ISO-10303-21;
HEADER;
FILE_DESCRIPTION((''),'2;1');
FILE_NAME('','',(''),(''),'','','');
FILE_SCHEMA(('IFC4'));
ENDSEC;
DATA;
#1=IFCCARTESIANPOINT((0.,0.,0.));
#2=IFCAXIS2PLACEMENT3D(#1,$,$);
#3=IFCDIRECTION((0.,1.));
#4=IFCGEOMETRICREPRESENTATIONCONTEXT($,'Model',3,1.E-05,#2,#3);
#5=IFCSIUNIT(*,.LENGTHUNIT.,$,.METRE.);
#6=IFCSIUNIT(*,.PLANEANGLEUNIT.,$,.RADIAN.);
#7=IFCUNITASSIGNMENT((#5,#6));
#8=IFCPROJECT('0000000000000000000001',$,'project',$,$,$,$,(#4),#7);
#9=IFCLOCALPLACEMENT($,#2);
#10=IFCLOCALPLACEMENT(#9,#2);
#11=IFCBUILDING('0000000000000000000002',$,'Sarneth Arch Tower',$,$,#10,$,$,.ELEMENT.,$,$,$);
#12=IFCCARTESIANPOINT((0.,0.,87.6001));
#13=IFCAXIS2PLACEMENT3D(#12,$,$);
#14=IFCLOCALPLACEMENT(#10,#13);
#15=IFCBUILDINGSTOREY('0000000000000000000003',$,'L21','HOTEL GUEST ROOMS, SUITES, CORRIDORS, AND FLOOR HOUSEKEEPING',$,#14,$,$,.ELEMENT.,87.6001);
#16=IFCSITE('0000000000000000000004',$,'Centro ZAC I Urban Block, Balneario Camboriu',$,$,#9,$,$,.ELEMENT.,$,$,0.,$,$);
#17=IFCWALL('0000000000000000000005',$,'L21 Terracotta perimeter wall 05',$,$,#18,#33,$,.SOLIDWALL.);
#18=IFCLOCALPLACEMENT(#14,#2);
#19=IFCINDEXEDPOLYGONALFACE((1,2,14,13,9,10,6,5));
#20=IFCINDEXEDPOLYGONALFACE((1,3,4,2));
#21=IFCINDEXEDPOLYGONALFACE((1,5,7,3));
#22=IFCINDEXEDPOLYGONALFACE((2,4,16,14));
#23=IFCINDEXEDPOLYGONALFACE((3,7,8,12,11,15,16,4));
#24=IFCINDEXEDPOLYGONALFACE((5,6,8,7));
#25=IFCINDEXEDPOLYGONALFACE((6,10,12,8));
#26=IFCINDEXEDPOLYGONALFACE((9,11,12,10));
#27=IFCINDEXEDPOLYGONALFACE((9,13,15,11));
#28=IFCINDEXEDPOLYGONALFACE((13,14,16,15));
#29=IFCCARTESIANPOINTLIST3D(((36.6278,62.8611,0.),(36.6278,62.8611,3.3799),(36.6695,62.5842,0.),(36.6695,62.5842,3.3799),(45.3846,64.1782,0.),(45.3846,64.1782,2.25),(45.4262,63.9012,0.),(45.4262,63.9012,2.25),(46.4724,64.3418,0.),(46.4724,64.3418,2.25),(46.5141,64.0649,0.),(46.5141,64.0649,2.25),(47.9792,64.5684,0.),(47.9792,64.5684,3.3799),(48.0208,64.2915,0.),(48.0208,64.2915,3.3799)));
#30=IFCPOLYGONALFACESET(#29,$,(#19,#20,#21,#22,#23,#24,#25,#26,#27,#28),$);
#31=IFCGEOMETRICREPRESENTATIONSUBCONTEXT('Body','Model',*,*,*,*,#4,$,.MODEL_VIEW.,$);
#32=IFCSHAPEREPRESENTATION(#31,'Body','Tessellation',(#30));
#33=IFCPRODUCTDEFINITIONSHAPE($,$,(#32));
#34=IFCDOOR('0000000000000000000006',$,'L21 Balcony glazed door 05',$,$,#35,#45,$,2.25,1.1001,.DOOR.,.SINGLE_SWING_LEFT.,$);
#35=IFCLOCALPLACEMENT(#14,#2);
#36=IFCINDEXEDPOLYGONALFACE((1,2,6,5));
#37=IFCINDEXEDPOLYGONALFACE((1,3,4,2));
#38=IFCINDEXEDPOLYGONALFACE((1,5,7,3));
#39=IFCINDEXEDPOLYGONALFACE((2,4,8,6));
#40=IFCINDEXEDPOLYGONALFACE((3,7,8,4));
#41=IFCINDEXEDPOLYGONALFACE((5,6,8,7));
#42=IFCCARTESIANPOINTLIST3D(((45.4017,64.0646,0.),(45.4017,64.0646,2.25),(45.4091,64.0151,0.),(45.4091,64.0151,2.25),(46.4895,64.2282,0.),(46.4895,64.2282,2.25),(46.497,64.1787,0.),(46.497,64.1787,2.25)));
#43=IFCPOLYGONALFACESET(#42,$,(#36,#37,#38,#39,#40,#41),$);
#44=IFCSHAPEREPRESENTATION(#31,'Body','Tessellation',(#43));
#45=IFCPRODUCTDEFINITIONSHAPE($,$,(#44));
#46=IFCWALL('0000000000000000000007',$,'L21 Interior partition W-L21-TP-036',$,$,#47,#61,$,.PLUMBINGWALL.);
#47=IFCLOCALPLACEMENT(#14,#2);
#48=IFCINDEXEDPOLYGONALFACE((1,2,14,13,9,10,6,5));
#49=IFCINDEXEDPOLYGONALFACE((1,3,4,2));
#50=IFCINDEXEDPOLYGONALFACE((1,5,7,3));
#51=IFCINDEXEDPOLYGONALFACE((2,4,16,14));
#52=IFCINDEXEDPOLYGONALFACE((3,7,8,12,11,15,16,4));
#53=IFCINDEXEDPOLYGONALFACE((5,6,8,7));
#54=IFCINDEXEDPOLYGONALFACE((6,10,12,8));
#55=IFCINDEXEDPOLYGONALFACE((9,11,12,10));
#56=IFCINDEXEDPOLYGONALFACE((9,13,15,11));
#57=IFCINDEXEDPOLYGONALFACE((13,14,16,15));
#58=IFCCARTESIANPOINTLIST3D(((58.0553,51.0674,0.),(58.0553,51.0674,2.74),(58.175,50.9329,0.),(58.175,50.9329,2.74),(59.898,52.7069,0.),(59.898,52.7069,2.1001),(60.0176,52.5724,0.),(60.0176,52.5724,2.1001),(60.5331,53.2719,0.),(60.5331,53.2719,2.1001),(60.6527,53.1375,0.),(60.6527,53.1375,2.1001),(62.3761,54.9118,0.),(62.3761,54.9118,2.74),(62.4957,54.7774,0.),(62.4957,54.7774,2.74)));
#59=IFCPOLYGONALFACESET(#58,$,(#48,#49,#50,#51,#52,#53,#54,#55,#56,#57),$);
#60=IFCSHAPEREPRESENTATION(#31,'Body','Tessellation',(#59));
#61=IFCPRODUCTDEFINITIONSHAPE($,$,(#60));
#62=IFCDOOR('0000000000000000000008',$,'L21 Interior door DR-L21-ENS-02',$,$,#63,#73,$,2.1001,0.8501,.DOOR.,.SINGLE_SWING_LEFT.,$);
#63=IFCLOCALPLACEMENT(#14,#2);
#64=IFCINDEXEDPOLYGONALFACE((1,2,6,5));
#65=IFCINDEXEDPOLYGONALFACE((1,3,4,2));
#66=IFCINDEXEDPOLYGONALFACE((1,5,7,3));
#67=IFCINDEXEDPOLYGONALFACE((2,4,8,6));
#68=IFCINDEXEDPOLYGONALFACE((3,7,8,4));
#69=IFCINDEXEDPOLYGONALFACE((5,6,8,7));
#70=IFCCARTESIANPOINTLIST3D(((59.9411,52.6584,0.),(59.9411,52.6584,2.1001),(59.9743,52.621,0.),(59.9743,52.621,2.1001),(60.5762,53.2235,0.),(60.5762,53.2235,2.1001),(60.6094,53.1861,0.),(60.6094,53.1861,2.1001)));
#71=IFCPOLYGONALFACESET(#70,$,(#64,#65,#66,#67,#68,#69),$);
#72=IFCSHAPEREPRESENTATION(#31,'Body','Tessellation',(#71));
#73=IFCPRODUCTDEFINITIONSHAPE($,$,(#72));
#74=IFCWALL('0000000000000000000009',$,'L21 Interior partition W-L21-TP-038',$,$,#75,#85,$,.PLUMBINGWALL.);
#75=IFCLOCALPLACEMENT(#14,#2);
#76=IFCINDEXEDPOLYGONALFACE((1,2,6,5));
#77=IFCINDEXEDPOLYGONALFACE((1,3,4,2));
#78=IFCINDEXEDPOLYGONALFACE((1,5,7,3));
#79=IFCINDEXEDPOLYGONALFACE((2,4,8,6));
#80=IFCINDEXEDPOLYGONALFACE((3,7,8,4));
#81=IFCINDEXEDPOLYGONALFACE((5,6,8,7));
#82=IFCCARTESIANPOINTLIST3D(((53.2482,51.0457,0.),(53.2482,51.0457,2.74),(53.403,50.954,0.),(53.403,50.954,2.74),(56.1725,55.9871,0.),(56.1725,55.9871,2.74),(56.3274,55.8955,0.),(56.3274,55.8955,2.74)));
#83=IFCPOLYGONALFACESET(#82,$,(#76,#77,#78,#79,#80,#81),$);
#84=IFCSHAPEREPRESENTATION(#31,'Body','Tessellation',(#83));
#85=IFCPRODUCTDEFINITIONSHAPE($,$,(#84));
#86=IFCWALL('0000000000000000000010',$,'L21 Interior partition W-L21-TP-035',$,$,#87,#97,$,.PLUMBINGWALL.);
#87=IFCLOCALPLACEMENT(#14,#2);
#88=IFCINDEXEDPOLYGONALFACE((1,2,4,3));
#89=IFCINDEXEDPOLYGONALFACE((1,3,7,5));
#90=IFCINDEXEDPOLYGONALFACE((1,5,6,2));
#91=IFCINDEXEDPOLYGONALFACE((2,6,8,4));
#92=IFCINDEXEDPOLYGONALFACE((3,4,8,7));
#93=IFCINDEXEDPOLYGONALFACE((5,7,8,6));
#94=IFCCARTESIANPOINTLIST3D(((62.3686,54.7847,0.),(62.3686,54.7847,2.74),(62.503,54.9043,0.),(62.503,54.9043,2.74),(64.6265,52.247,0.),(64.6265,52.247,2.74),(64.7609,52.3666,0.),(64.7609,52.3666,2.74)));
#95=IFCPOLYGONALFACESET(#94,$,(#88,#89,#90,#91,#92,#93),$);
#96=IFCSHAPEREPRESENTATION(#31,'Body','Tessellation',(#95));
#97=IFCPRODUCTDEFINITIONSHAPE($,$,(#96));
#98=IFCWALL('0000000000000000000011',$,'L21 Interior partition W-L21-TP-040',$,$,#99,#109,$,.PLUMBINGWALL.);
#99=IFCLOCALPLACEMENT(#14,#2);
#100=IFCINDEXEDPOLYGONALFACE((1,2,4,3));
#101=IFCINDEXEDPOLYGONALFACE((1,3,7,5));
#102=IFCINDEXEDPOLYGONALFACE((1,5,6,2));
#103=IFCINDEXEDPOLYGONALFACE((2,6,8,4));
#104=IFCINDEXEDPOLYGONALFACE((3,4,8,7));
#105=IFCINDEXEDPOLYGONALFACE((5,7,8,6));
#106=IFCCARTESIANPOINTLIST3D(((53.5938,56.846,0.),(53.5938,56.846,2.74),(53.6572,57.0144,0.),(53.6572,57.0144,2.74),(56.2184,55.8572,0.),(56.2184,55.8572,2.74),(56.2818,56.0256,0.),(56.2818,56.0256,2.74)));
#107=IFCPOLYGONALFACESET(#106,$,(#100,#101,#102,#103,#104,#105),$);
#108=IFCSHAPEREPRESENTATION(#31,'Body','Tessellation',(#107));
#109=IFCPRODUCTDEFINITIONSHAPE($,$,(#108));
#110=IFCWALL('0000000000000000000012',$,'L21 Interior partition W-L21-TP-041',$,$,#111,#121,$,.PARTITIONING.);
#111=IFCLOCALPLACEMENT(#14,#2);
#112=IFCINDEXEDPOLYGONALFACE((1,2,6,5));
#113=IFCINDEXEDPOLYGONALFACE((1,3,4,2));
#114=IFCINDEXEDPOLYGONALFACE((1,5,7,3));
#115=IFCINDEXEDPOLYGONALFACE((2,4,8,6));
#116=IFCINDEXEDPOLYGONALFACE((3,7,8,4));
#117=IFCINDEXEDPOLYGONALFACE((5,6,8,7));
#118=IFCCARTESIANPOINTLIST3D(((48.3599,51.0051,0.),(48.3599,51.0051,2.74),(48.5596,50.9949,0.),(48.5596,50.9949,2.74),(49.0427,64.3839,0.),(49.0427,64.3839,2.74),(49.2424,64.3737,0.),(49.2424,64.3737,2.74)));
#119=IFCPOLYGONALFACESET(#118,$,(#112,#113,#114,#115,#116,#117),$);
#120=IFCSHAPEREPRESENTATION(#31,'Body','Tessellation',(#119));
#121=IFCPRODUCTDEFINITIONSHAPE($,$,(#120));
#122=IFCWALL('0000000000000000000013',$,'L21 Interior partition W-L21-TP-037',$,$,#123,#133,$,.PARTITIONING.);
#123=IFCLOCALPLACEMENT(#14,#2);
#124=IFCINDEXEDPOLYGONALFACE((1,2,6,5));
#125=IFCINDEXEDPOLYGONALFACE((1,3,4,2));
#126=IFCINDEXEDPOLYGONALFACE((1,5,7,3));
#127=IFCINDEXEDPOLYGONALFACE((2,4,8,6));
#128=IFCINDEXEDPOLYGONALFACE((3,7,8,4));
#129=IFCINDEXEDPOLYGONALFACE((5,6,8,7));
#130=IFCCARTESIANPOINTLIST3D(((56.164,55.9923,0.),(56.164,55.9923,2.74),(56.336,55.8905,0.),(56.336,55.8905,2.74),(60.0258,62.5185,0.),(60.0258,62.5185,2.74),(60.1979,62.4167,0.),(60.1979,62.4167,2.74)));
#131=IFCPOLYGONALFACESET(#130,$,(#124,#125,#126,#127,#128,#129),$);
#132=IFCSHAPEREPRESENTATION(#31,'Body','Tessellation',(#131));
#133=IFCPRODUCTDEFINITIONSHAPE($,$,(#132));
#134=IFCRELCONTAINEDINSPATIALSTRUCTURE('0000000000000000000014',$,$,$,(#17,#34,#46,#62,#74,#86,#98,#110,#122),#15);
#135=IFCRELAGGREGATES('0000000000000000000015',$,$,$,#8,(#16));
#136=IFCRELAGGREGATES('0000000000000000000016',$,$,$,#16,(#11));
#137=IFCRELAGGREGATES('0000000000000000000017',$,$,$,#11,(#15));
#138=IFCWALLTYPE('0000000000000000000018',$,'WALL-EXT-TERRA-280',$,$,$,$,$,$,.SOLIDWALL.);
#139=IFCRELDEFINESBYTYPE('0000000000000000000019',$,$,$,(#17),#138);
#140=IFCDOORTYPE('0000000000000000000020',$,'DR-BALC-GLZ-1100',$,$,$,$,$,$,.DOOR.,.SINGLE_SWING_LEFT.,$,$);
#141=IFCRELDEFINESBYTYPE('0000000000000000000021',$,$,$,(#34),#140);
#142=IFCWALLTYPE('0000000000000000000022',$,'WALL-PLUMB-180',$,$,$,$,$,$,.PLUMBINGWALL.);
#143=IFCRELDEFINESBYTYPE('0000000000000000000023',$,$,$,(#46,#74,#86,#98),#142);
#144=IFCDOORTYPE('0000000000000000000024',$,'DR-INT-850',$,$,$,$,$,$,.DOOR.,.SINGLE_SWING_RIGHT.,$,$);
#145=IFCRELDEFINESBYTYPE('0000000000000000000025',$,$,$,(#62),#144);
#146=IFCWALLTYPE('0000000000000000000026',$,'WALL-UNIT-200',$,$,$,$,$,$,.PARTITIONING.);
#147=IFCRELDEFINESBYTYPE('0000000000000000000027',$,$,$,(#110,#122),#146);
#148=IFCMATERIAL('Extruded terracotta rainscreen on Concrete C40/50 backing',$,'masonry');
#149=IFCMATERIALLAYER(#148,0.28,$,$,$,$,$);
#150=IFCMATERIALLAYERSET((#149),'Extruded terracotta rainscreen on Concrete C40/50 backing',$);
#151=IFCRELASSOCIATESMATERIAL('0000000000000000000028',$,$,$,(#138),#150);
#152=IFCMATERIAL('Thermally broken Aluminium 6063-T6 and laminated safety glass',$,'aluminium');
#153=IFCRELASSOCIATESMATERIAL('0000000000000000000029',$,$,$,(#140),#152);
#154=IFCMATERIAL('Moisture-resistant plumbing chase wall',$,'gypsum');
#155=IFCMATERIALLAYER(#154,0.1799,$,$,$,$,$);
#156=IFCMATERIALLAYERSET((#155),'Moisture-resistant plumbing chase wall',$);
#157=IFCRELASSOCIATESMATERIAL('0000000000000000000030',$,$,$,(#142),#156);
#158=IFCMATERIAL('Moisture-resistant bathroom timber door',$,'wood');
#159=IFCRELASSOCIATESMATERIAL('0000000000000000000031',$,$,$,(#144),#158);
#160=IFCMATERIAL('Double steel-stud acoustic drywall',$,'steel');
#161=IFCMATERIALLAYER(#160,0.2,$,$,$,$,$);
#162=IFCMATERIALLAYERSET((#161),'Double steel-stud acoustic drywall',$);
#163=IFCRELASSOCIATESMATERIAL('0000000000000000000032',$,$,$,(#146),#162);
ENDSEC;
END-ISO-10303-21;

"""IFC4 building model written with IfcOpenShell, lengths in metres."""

from ifc_helpers import new_model, si_unit, direction, frame, frame_2d, origin, place, context, subcontext, project, spatial, rectangle, extrude, material, layer, layer_set, type_object, element, fill, save


model = new_model("IFC4")

# Units and contexts
model_context = context("Model", 3, precision=1e-05, world=origin(), true_north=direction((0.0, 1.0)))
body_context = subcontext(model_context, "Body", "Model", "MODEL_VIEW")
ifc_project = project(units=[si_unit("LENGTHUNIT", "METRE"), si_unit("PLANEANGLEUNIT", "RADIAN")], contexts=[model_context])

# Site, building, storey
site_placement = place(None, origin())
site = spatial("IfcSite", under=ifc_project, at=site_placement, Name="Centro ZAC I Urban Block, Balneario Camboriu", CompositionType="ELEMENT", RefElevation=0.0)
building_placement = place(site_placement, origin())
building = spatial("IfcBuilding", under=site, at=building_placement, Name="Sarneth Arch Tower", CompositionType="ELEMENT")
storey_placement = place(building_placement, frame((0.0, 0.0, 87.6001)))
storey = spatial("IfcBuildingStorey", under=building, at=storey_placement, Name="L21", Description="HOTEL GUEST ROOMS, SUITES, CORRIDORS, AND FLOOR HOUSEKEEPING", CompositionType="ELEMENT", Elevation=87.6001)

# Walls, openings, doors
ifc_material_1 = material(Name="Extruded terracotta rainscreen on Concrete C40/50 backing", Category="masonry")
ifc_layer_1 = layer(ifc_material_1, 0.28)
ifc_layer_set_1 = layer_set([ifc_layer_1], Name="Extruded terracotta rainscreen on Concrete C40/50 backing")
wall_type_1 = type_object("IfcWallType", Name="WALL-EXT-TERRA-280", PredefinedType="SOLIDWALL", material=ifc_layer_set_1)
wall_1_placement = place(storey_placement, frame((48.0, 64.4299, 0.0), z_axis=(0.0, 0.0, 1.0), x_axis=(-0.988878, -0.14873, 0.0)))
wall_1 = element("IfcWall", 1, at=wall_1_placement, inside=storey, type_object=wall_type_1, Name="L21 Terracotta perimeter wall 05", PredefinedType="SOLIDWALL", context=body_context, shape_type="SweptSolid", body=[
    extrude(rectangle(XDim=11.479, YDim=0.28, at=frame_2d((5.7395, 0.0))), origin(), (0.0, 0.0, 1.0), 3.3799),
])
opening_1_placement = place(wall_1_placement, frame((1.5237, 0.0, 0.0)))
opening_1 = element("IfcOpeningElement", 2, at=opening_1_placement, cuts=wall_1, PredefinedType="OPENING", context=body_context, shape_type="SweptSolid", body=[
    extrude(rectangle(XDim=1.1001, YDim=2.25, at=frame_2d((0.55, 1.125))), frame((0.0, 0.1499, 0.0), z_axis=(0.0, -1.0, 0.0), x_axis=(1.0, 0.0, 0.0)), (0.0, 0.0, 1.0), 0.3),
])
ifc_material_2 = material(Name="Thermally broken Aluminium 6063-T6 and laminated safety glass", Category="aluminium")
door_type_1 = type_object("IfcDoorType", Name="DR-BALC-GLZ-1100", OperationType="SINGLE_SWING_LEFT", PredefinedType="DOOR", material=ifc_material_2)
door_1_placement = place(opening_1_placement, origin())
door_1 = element("IfcDoor", 3, at=door_1_placement, inside=storey, type_object=door_type_1, Name="L21 Balcony glazed door 05", OperationType="SINGLE_SWING_LEFT", OverallHeight=2.25, OverallWidth=1.1001, PredefinedType="DOOR", context=body_context, shape_type="SweptSolid", body=[
    extrude(rectangle(XDim=1.1001, YDim=2.25, at=frame_2d((0.55, 1.125))), frame((0.0, 0.0249, 0.0), z_axis=(0.0, -1.0, 0.0), x_axis=(1.0, 0.0, 0.0)), (0.0, 0.0, 1.0), 0.05),
])
fill(opening_1, door_1)
ifc_material_3 = material(Name="Moisture-resistant plumbing chase wall", Category="gypsum")
ifc_layer_2 = layer(ifc_material_3, 0.1799)
ifc_layer_set_2 = layer_set([ifc_layer_2], Name="Moisture-resistant plumbing chase wall")
wall_type_2 = type_object("IfcWallType", Name="WALL-PLUMB-180", PredefinedType="PLUMBINGWALL", material=ifc_layer_set_2)
wall_2_placement = place(storey_placement, frame((62.4358, 54.8445, 0.0), z_axis=(0.0, 0.0, 1.0), x_axis=(-0.747085, -0.664728, 0.0)))
wall_2 = element("IfcWall", 4, at=wall_2_placement, inside=storey, type_object=wall_type_2, Name="L21 Interior partition W-L21-TP-036", PredefinedType="PLUMBINGWALL", context=body_context, shape_type="SweptSolid", body=[
    extrude(rectangle(XDim=5.7834, YDim=0.1799, at=frame_2d((2.8916, 0.0))), origin(), (0.0, 0.0, 1.0), 2.74),
])
opening_2_placement = place(wall_2_placement, frame((2.4668, 0.0, 0.0)))
opening_2 = element("IfcOpeningElement", 5, at=opening_2_placement, cuts=wall_2, PredefinedType="OPENING", context=body_context, shape_type="SweptSolid", body=[
    extrude(rectangle(XDim=0.8501, YDim=2.1001, at=frame_2d((0.425, 1.05))), frame((0.0, 0.0999, 0.0), z_axis=(0.0, -1.0, 0.0), x_axis=(1.0, 0.0, 0.0)), (0.0, 0.0, 1.0), 0.2),
])
ifc_material_4 = material(Name="Moisture-resistant bathroom timber door", Category="wood")
door_type_2 = type_object("IfcDoorType", Name="DR-INT-850", OperationType="SINGLE_SWING_RIGHT", PredefinedType="DOOR", material=ifc_material_4)
door_2_placement = place(opening_2_placement, origin())
door_2 = element("IfcDoor", 6, at=door_2_placement, inside=storey, type_object=door_type_2, Name="L21 Interior door DR-L21-ENS-02", OperationType="SINGLE_SWING_LEFT", OverallHeight=2.1001, OverallWidth=0.8501, PredefinedType="DOOR", context=body_context, shape_type="SweptSolid", body=[
    extrude(rectangle(XDim=0.8501, YDim=2.1001, at=frame_2d((0.425, 1.05))), frame((0.0, 0.0249, 0.0), z_axis=(0.0, -1.0, 0.0), x_axis=(1.0, 0.0, 0.0)), (0.0, 0.0, 1.0), 0.05),
])
fill(opening_2, door_2)

# Walls
wall_3_placement = place(storey_placement, frame((56.25, 55.9414, 0.0), z_axis=(0.0, 0.0, 1.0), x_axis=(-0.509296, -0.860591, 0.0)))
element("IfcWall", 7, at=wall_3_placement, inside=storey, type_object=wall_type_2, Name="L21 Interior partition W-L21-TP-038", PredefinedType="PLUMBINGWALL", context=body_context, shape_type="SweptSolid", body=[
    extrude(rectangle(XDim=5.7419, YDim=0.1799, at=frame_2d((2.8711, 0.0))), origin(), (0.0, 0.0, 1.0), 2.74),
])
wall_4_placement = place(storey_placement, frame((64.6936, 52.3069, 0.0), z_axis=(0.0, 0.0, 1.0), x_axis=(-0.664721, 0.747092, 0.0)))
element("IfcWall", 8, at=wall_4_placement, inside=storey, type_object=wall_type_2, Name="L21 Interior partition W-L21-TP-035", PredefinedType="PLUMBINGWALL", context=body_context, shape_type="SweptSolid", body=[
    extrude(rectangle(XDim=3.3967, YDim=0.1799, at=frame_2d((1.6982, 0.0))), origin(), (0.0, 0.0, 1.0), 2.74),
])
wall_5_placement = place(storey_placement, frame((53.6255, 56.9302, 0.0), z_axis=(0.0, 0.0, 1.0), x_axis=(0.935791, -0.352554, 0.0)))
element("IfcWall", 9, at=wall_5_placement, inside=storey, type_object=wall_type_2, Name="L21 Interior partition W-L21-TP-040", PredefinedType="PLUMBINGWALL", context=body_context, shape_type="SweptSolid", body=[
    extrude(rectangle(XDim=2.8047, YDim=0.1799, at=frame_2d((1.4023, 0.0))), origin(), (0.0, 0.0, 1.0), 2.74),
])
ifc_material_5 = material(Name="Double steel-stud acoustic drywall", Category="steel")
ifc_layer_3 = layer(ifc_material_5, 0.2)
ifc_layer_set_3 = layer_set([ifc_layer_3], Name="Double steel-stud acoustic drywall")
wall_type_3 = type_object("IfcWallType", Name="WALL-UNIT-200", PredefinedType="PARTITIONING", material=ifc_layer_set_3)
wall_6_placement = place(storey_placement, frame((49.1426, 64.3789, 0.0), z_axis=(0.0, 0.0, 1.0), x_axis=(-0.050974, -0.9987, 0.0)))
element("IfcWall", 10, at=wall_6_placement, inside=storey, type_object=wall_type_3, Name="L21 Interior partition W-L21-TP-041", PredefinedType="PARTITIONING", context=body_context, shape_type="SweptSolid", body=[
    extrude(rectangle(XDim=13.3962, YDim=0.2, at=frame_2d((6.6982, 0.0))), origin(), (0.0, 0.0, 1.0), 2.74),
])
wall_7_placement = place(storey_placement, frame((60.1118, 62.4675, 0.0), z_axis=(0.0, 0.0, 1.0), x_axis=(-0.509264, -0.86061, 0.0)))
element("IfcWall", 11, at=wall_7_placement, inside=storey, type_object=wall_type_3, Name="L21 Interior partition W-L21-TP-037", PredefinedType="PARTITIONING", context=body_context, shape_type="SweptSolid", body=[
    extrude(rectangle(XDim=7.5833, YDim=0.2, at=frame_2d((3.7915, 0.0))), origin(), (0.0, 0.0, 1.0), 2.74),
])

save(model, "model.ifc")
